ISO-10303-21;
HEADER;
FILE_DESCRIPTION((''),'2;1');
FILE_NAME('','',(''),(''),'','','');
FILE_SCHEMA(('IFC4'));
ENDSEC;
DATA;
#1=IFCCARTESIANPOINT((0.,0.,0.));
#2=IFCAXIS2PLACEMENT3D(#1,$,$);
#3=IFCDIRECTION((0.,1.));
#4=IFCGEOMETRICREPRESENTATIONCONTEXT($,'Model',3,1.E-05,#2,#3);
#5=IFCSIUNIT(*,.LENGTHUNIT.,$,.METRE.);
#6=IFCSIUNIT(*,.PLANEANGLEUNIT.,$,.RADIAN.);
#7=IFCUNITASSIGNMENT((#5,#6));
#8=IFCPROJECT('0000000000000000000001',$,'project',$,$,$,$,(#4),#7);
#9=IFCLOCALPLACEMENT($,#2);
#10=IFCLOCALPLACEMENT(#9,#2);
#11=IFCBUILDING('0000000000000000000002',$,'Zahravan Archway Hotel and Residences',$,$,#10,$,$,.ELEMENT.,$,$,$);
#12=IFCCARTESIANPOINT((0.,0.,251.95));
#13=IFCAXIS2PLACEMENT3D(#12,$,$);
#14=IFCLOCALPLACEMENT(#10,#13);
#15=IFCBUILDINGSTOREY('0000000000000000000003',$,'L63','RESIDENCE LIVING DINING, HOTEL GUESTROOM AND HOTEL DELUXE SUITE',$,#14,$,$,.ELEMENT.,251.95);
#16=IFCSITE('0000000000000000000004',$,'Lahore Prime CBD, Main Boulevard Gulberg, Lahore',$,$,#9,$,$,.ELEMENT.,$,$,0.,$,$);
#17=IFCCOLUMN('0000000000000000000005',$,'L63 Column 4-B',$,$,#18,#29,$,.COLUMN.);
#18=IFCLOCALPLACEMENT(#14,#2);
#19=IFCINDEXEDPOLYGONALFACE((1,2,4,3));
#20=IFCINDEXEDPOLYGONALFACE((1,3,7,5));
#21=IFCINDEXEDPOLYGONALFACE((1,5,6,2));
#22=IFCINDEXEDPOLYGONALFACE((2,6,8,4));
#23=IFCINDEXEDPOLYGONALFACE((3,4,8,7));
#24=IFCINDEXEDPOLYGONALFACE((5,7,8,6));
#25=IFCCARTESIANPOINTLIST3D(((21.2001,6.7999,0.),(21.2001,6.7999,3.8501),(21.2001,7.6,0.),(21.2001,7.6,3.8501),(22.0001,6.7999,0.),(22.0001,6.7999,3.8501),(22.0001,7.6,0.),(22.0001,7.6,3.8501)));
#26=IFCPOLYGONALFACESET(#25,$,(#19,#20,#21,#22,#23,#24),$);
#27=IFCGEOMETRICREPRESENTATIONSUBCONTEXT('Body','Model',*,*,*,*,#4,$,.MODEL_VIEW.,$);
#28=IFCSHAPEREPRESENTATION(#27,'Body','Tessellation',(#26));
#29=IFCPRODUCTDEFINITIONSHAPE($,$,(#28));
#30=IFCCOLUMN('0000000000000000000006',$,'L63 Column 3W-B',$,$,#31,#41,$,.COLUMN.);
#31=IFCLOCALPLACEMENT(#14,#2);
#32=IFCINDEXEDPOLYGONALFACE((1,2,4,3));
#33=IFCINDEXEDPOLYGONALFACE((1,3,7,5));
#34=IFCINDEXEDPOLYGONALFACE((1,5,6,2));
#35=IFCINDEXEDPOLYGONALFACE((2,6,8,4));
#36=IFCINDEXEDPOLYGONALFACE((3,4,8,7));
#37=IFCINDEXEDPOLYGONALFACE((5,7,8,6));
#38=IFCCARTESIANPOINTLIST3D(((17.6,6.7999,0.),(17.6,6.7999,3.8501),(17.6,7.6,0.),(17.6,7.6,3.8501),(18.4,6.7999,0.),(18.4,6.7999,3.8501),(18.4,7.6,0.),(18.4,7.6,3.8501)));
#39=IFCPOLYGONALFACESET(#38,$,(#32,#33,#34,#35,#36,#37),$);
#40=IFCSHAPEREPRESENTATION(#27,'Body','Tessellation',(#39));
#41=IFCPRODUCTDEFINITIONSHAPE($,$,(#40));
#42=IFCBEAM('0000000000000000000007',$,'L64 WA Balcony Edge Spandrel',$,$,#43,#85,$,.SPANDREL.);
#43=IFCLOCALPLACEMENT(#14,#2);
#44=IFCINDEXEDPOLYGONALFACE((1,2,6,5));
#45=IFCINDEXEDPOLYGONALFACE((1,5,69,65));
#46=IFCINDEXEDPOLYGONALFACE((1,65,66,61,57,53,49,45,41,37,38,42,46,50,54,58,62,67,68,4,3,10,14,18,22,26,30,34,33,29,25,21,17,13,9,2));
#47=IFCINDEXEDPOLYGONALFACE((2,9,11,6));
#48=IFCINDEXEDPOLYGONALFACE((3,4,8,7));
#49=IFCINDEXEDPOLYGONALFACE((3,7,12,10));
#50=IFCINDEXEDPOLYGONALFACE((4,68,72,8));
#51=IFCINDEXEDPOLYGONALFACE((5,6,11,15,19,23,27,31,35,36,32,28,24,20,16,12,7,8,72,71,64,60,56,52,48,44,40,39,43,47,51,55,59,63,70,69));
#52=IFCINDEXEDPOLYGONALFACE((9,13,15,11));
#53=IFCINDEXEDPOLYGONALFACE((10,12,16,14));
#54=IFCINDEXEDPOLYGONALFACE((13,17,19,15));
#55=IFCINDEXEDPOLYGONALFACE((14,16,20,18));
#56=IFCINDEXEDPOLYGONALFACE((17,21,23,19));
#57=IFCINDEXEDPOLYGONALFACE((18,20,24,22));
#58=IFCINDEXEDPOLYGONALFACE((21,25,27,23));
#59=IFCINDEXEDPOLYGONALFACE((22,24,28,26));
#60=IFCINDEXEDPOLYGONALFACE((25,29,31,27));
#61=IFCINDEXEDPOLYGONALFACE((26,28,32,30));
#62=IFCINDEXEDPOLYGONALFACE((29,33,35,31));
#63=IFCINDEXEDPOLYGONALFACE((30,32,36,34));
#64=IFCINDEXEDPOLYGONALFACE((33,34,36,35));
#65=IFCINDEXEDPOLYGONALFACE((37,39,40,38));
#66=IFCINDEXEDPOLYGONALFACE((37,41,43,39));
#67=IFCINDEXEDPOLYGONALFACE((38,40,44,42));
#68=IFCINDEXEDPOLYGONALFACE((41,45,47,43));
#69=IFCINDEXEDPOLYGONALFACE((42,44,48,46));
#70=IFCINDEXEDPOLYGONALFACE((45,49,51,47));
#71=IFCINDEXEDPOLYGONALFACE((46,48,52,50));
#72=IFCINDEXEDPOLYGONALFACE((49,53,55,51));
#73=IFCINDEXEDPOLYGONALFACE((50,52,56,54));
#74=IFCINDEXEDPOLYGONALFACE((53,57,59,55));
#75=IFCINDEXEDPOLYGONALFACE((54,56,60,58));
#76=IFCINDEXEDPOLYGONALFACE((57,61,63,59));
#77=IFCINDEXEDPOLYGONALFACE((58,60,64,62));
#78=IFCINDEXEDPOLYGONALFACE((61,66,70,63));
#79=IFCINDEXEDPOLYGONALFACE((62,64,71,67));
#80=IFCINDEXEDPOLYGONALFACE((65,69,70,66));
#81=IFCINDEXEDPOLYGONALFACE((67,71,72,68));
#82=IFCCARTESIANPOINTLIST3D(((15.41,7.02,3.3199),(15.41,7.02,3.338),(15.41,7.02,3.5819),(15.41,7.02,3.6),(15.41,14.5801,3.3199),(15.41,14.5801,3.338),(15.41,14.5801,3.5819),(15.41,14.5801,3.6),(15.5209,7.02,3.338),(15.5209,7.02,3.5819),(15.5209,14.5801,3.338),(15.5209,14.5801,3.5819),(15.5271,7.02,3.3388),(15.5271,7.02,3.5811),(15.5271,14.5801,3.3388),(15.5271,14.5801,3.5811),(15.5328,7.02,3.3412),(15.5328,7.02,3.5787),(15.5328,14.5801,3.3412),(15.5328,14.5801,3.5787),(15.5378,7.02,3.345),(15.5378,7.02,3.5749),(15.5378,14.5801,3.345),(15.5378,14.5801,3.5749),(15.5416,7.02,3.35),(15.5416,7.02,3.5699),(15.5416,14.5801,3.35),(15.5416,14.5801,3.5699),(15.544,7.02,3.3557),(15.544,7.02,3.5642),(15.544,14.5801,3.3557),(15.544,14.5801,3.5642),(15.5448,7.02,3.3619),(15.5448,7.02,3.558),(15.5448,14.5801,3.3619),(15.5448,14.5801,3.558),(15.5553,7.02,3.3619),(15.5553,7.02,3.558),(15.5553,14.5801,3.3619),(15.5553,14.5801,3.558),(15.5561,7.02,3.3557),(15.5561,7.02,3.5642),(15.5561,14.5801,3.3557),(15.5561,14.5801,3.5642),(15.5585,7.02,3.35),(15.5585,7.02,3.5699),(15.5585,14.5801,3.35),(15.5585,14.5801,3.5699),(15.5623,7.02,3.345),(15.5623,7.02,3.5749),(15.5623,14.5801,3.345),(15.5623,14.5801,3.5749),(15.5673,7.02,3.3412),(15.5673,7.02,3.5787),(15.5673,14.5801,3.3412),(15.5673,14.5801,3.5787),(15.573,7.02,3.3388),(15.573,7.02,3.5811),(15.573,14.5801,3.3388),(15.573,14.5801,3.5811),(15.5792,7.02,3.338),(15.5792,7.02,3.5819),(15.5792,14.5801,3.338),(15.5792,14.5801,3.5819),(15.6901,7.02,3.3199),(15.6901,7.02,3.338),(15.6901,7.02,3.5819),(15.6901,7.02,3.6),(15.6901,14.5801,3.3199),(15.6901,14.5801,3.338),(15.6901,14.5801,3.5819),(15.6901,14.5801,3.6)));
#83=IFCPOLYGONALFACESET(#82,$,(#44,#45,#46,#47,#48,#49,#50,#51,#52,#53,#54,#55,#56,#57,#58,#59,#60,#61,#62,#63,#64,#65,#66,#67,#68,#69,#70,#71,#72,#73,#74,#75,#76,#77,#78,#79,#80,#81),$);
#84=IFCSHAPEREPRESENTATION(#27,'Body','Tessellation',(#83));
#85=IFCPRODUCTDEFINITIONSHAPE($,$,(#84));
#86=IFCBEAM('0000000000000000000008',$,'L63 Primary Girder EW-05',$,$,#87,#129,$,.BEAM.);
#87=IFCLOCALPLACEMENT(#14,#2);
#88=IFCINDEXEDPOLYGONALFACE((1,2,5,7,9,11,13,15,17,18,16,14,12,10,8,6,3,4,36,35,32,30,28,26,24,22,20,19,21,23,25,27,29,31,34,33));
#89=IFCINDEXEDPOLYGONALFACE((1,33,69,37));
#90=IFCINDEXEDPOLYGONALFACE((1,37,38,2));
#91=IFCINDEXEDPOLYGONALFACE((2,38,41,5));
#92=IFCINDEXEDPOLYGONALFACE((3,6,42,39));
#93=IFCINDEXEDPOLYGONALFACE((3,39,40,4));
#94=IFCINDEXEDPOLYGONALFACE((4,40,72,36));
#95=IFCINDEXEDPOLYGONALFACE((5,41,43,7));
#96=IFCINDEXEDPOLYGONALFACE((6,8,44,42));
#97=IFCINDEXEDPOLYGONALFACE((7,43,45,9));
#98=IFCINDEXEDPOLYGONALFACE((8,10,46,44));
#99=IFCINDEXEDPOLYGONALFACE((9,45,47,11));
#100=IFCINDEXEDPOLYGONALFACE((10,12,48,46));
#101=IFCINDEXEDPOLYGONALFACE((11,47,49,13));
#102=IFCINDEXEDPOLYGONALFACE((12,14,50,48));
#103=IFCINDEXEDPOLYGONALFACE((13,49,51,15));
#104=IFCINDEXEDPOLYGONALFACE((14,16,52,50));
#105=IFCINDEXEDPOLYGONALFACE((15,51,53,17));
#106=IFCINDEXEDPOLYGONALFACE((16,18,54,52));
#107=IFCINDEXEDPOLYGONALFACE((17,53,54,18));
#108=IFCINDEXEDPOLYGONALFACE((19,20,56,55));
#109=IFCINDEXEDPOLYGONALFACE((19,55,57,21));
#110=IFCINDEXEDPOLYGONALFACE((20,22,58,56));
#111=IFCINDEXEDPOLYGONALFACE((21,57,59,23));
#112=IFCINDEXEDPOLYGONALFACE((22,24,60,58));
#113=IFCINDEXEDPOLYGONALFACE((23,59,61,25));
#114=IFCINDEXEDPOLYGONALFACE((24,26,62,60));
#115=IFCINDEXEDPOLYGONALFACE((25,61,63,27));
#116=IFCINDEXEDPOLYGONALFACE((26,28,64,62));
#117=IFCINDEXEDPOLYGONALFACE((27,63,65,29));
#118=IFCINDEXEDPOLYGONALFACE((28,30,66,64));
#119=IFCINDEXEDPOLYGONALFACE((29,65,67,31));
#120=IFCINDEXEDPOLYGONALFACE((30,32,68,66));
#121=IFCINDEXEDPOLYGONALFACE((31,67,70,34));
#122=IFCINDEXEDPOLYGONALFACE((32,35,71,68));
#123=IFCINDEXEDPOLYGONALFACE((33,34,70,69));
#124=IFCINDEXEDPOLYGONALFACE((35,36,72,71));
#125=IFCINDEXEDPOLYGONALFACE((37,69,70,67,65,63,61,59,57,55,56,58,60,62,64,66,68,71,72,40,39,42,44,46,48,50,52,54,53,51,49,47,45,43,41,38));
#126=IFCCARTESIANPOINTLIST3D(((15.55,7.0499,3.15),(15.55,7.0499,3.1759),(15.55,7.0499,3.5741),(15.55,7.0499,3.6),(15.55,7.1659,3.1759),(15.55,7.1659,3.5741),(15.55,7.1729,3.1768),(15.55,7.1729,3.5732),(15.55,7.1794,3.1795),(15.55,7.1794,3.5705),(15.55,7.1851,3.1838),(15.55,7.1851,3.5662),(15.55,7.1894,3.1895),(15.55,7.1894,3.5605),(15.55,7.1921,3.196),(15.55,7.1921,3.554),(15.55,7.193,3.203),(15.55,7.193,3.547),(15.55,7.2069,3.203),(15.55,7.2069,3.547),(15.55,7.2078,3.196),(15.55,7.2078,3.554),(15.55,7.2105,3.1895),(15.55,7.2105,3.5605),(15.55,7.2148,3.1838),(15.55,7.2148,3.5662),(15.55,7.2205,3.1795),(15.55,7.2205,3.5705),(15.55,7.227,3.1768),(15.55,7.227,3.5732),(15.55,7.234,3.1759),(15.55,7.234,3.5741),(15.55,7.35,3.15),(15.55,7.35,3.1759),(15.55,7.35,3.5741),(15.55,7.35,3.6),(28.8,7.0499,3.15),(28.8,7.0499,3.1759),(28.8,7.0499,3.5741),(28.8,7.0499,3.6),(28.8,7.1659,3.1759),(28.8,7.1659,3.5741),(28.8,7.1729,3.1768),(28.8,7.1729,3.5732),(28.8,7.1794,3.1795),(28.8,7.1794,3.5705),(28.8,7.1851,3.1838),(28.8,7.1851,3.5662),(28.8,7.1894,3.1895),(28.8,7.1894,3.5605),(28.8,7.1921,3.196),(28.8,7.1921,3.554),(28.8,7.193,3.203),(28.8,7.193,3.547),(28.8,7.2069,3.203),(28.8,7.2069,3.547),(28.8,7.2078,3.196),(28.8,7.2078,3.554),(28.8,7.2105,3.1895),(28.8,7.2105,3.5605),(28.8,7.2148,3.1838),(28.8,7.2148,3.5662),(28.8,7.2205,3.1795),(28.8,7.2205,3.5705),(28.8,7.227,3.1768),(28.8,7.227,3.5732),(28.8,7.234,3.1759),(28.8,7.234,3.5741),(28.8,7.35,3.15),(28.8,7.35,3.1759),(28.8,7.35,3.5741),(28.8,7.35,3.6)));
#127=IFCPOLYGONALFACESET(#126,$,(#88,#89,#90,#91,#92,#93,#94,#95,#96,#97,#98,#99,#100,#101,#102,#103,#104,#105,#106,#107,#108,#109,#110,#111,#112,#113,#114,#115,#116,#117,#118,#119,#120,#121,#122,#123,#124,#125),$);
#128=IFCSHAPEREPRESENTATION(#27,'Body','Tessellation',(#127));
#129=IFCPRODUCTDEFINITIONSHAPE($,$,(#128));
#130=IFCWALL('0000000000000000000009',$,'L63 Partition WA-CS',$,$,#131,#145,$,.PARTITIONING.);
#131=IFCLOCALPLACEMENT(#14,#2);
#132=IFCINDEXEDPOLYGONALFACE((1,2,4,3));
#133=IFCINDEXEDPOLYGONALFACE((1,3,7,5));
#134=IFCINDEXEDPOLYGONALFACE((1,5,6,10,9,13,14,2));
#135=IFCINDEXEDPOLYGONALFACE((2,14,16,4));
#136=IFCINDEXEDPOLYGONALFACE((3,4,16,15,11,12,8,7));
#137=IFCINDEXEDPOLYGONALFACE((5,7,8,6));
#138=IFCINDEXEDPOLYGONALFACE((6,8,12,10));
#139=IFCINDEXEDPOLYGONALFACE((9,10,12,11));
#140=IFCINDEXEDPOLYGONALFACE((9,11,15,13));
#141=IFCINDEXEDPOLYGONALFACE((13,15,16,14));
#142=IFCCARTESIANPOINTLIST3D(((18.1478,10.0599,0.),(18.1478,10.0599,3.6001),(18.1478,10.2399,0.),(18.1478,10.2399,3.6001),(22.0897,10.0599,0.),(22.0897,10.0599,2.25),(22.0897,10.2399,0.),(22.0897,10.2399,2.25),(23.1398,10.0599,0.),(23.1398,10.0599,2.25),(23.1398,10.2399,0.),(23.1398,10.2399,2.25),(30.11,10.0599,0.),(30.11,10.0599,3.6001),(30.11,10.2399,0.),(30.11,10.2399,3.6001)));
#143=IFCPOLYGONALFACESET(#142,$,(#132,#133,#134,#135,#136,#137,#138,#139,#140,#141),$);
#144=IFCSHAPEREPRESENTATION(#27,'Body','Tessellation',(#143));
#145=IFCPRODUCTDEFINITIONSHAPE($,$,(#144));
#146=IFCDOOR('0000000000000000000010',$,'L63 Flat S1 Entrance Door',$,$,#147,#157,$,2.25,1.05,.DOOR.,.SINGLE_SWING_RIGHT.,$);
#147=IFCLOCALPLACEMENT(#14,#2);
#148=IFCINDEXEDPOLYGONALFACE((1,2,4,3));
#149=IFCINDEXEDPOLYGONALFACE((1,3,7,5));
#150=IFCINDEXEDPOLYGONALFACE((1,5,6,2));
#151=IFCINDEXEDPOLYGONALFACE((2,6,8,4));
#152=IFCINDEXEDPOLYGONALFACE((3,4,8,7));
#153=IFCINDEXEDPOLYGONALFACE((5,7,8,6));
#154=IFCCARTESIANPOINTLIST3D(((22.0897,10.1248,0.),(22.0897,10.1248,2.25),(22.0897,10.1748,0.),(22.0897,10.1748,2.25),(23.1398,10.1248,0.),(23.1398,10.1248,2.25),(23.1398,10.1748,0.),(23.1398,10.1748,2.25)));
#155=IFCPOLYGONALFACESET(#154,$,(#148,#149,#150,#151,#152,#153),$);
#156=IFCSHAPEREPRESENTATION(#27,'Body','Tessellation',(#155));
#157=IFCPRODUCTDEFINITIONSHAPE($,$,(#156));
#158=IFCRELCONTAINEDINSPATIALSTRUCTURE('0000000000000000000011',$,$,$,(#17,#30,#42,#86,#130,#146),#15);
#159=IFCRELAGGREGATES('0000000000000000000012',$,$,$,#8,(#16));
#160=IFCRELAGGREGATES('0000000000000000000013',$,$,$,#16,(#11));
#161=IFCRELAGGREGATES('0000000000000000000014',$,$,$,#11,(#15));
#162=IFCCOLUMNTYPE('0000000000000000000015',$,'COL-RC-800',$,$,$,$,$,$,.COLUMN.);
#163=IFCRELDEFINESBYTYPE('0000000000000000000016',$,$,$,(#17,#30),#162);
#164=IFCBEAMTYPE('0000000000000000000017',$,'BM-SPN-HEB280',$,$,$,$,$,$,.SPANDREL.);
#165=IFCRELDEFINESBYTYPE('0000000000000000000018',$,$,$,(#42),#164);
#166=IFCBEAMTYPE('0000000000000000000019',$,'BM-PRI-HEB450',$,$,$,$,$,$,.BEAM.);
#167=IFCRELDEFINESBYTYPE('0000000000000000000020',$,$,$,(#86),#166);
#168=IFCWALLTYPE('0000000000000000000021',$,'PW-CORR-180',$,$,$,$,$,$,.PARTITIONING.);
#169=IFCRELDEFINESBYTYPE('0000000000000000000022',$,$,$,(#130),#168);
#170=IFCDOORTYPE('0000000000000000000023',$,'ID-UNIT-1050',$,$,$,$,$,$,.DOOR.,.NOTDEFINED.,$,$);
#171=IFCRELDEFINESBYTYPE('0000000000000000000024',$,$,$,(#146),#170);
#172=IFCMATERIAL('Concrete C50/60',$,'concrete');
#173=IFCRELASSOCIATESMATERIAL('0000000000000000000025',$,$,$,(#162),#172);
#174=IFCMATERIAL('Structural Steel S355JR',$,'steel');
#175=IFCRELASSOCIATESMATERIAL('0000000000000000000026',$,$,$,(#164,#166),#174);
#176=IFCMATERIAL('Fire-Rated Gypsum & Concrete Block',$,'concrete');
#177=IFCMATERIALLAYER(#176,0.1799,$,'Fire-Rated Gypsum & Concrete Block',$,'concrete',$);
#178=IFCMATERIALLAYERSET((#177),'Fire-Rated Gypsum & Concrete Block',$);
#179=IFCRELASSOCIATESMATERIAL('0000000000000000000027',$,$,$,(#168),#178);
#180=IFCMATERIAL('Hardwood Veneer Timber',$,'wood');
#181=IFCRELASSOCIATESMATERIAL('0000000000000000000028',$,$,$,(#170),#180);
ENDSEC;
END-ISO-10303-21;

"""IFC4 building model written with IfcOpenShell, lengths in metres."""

from ifc_helpers import new_model, si_unit, direction, frame, frame_2d, origin, origin_2d, place, context, subcontext, project, spatial, rectangle, i_section, extrude, source, transform, mapped, material, layer, layer_set, material_profile, profile_set, type_object, type_shapes, element, fill, save


model = new_model("IFC4")

# Units and contexts
model_context = context("Model", 3, precision=1e-05, world=origin(), true_north=direction((0.0, 1.0)))
body_context = subcontext(model_context, "Body", "Model", "MODEL_VIEW")
ifc_project = project(units=[si_unit("LENGTHUNIT", "METRE"), si_unit("PLANEANGLEUNIT", "RADIAN")], contexts=[model_context])

# Site, building, storey
site_placement = place(None, origin())
site = spatial("IfcSite", under=ifc_project, at=site_placement, Name="Lahore Prime CBD, Main Boulevard Gulberg, Lahore", CompositionType="ELEMENT", RefElevation=0.0)
building_placement = place(site_placement, origin())
building = spatial("IfcBuilding", under=site, at=building_placement, Name="Zahravan Archway Hotel and Residences", CompositionType="ELEMENT")
storey_placement = place(building_placement, frame((0.0, 0.0, 251.95)))
storey = spatial("IfcBuildingStorey", under=building, at=storey_placement, Name="L63", Description="RESIDENCE LIVING DINING, HOTEL GUESTROOM AND HOTEL DELUXE SUITE", CompositionType="ELEMENT", Elevation=251.95)

# Columns
ifc_material_1 = material(Name="Concrete C50/60", Category="concrete")
ifc_material_profile_1 = material_profile(ifc_material_1, rectangle(XDim=0.8, YDim=0.8, at=origin_2d()), Name="RC-COL-800x800", Category="concrete")
ifc_profile_set_1 = profile_set([ifc_material_profile_1], Name="Concrete C50/60")
column_type = type_object("IfcColumnType", Name="COL-RC-800", PredefinedType="COLUMN", material=ifc_profile_set_1)
shared_shape_1 = source(origin(), body_context, "Body", "SweptSolid", [
    extrude(rectangle(XDim=0.8, YDim=0.8, at=origin_2d()), origin(), (0.0, 0.0, 1.0), 3.8501),
])
for number, where, z_axis, x_axis, name in (
    (1, (21.6001, 7.2, 0.0), (0.0, 0.0, 1.0), (1.0, 0.0, 0.0), "L63 Column 4-B"),
    (2, (18.0, 7.2, 0.0), (0.0, 0.0, 1.0), (1.0, 0.0, 0.0), "L63 Column 3W-B"),
):
    element("IfcColumn", number, at=place(storey_placement, frame(where, z_axis=z_axis, x_axis=x_axis)), inside=storey, type_object=column_type, Name=name, PredefinedType="COLUMN", context=body_context, shape_type="MappedRepresentation", body=[
        mapped(shared_shape_1, transform((0.0, 0.0, 0.0), scale=1.0)),
    ])

# Beams
ifc_material_2 = material(Name="Structural Steel S355JR", Category="steel")
ifc_material_profile_2 = material_profile(ifc_material_2, i_section(OverallWidth=0.28, OverallDepth=0.28, WebThickness=0.0105, FlangeThickness=0.0181, FilletRadius=0.0239, at=origin_2d()), Name="HEB 280", Category="steel")
ifc_profile_set_2 = profile_set([ifc_material_profile_2], Name="Structural Steel S355JR")
beam_type_1 = type_object("IfcBeamType", Name="BM-SPN-HEB280", PredefinedType="SPANDREL", material=ifc_profile_set_2)
shared_shape_2 = source(origin(), body_context, "Body", "SweptSolid", [
    extrude(i_section(OverallWidth=0.28, OverallDepth=0.28, WebThickness=0.0105, FlangeThickness=0.0181, FilletRadius=0.0239, at=origin_2d()), origin(), (0.0, 0.0, 1.0), 7.5601),
])
type_shapes(beam_type_1, [shared_shape_2])
beam_1_placement = place(storey_placement, frame((15.55, 7.02, 3.46), z_axis=(0.0, 1.0, 0.0), x_axis=(-1.0, 0.0, 0.0)))
element("IfcBeam", 3, at=beam_1_placement, inside=storey, type_object=beam_type_1, Name="L64 WA Balcony Edge Spandrel", PredefinedType="SPANDREL", context=body_context, shape_type="MappedRepresentation", body=[
    mapped(shared_shape_2, transform((0.0, 0.0, 0.0), scale=1.0)),
])
ifc_material_profile_3 = material_profile(ifc_material_2, i_section(OverallWidth=0.3, OverallDepth=0.45, WebThickness=0.0139, FlangeThickness=0.0259, FilletRadius=0.0271, at=origin_2d()), Name="HEB 450", Category="steel")
ifc_profile_set_3 = profile_set([ifc_material_profile_3], Name="Structural Steel S355JR")
beam_type_2 = type_object("IfcBeamType", Name="BM-PRI-HEB450", PredefinedType="BEAM", material=ifc_profile_set_3)
shared_shape_3 = source(origin(), body_context, "Body", "SweptSolid", [
    extrude(i_section(OverallWidth=0.3, OverallDepth=0.45, WebThickness=0.0139, FlangeThickness=0.0259, FilletRadius=0.0271, at=origin_2d()), origin(), (0.0, 0.0, 1.0), 13.25),
])
beam_2_placement = place(storey_placement, frame((15.55, 7.2, 3.375), z_axis=(1.0, 0.0, 0.0), x_axis=(0.0, 1.0, 0.0)))
element("IfcBeam", 4, at=beam_2_placement, inside=storey, type_object=beam_type_2, Name="L63 Primary Girder EW-05", PredefinedType="BEAM", context=body_context, shape_type="MappedRepresentation", body=[
    mapped(shared_shape_3, transform((0.0, 0.0, 0.0), scale=1.0)),
])

# Wall, opening, door
ifc_material_3 = material(Name="Fire-Rated Gypsum & Concrete Block", Category="concrete")
ifc_layer_1 = layer(ifc_material_3, 0.1799, Name="Fire-Rated Gypsum & Concrete Block", Category="concrete")
ifc_layer_set_1 = layer_set([ifc_layer_1], Name="Fire-Rated Gypsum & Concrete Block")
wall_type_1 = type_object("IfcWallType", Name="PW-CORR-180", PredefinedType="PARTITIONING", material=ifc_layer_set_1)
wall_1_placement = place(storey_placement, frame((18.1479, 10.1499, 0.0), z_axis=(0.0, 0.0, 1.0), x_axis=(1.0, 0.0, 0.0)))
wall_1 = element("IfcWall", 5, at=wall_1_placement, inside=storey, type_object=wall_type_1, Name="L63 Partition WA-CS", PredefinedType="PARTITIONING", context=body_context, shape_type="SweptSolid", body=[
    extrude(rectangle(XDim=11.9622, YDim=0.1799, at=frame_2d((5.981, 0.0))), origin(), (0.0, 0.0, 1.0), 3.6001),
])
opening_1_placement = place(wall_1_placement, frame((3.9419, 0.0, 0.0)))
opening_1 = element("IfcOpeningElement", 6, at=opening_1_placement, cuts=wall_1, PredefinedType="OPENING", context=body_context, shape_type="SweptSolid", body=[
    extrude(rectangle(XDim=1.05, YDim=2.25, at=frame_2d((0.5249, 1.125))), frame((0.0, 0.1001, 0.0), z_axis=(0.0, -1.0, 0.0), x_axis=(1.0, 0.0, 0.0)), (0.0, 0.0, 1.0), 0.2),
])
ifc_material_4 = material(Name="Hardwood Veneer Timber", Category="wood")
door_type_1 = type_object("IfcDoorType", Name="ID-UNIT-1050", OperationType="NOTDEFINED", PredefinedType="DOOR", material=ifc_material_4)
shared_shape_4 = source(origin(), body_context, "Body", "SweptSolid", [
    extrude(rectangle(XDim=1.05, YDim=2.25, at=frame_2d((0.5249, 1.125))), frame((0.0, 0.0249, 0.0), z_axis=(0.0, -1.0, 0.0), x_axis=(1.0, 0.0, 0.0)), (0.0, 0.0, 1.0), 0.05),
])
type_shapes(door_type_1, [shared_shape_4])
door_1_placement = place(opening_1_placement, origin())
door_1 = element("IfcDoor", 7, at=door_1_placement, inside=storey, type_object=door_type_1, Name="L63 Flat S1 Entrance Door", OperationType="SINGLE_SWING_RIGHT", OverallHeight=2.25, OverallWidth=1.05, PredefinedType="DOOR", context=body_context, shape_type="MappedRepresentation", body=[
    mapped(shared_shape_4, transform((0.0, 0.0, 0.0), scale=1.0)),
])
fill(opening_1, door_1)

save(model, "model.ifc")
